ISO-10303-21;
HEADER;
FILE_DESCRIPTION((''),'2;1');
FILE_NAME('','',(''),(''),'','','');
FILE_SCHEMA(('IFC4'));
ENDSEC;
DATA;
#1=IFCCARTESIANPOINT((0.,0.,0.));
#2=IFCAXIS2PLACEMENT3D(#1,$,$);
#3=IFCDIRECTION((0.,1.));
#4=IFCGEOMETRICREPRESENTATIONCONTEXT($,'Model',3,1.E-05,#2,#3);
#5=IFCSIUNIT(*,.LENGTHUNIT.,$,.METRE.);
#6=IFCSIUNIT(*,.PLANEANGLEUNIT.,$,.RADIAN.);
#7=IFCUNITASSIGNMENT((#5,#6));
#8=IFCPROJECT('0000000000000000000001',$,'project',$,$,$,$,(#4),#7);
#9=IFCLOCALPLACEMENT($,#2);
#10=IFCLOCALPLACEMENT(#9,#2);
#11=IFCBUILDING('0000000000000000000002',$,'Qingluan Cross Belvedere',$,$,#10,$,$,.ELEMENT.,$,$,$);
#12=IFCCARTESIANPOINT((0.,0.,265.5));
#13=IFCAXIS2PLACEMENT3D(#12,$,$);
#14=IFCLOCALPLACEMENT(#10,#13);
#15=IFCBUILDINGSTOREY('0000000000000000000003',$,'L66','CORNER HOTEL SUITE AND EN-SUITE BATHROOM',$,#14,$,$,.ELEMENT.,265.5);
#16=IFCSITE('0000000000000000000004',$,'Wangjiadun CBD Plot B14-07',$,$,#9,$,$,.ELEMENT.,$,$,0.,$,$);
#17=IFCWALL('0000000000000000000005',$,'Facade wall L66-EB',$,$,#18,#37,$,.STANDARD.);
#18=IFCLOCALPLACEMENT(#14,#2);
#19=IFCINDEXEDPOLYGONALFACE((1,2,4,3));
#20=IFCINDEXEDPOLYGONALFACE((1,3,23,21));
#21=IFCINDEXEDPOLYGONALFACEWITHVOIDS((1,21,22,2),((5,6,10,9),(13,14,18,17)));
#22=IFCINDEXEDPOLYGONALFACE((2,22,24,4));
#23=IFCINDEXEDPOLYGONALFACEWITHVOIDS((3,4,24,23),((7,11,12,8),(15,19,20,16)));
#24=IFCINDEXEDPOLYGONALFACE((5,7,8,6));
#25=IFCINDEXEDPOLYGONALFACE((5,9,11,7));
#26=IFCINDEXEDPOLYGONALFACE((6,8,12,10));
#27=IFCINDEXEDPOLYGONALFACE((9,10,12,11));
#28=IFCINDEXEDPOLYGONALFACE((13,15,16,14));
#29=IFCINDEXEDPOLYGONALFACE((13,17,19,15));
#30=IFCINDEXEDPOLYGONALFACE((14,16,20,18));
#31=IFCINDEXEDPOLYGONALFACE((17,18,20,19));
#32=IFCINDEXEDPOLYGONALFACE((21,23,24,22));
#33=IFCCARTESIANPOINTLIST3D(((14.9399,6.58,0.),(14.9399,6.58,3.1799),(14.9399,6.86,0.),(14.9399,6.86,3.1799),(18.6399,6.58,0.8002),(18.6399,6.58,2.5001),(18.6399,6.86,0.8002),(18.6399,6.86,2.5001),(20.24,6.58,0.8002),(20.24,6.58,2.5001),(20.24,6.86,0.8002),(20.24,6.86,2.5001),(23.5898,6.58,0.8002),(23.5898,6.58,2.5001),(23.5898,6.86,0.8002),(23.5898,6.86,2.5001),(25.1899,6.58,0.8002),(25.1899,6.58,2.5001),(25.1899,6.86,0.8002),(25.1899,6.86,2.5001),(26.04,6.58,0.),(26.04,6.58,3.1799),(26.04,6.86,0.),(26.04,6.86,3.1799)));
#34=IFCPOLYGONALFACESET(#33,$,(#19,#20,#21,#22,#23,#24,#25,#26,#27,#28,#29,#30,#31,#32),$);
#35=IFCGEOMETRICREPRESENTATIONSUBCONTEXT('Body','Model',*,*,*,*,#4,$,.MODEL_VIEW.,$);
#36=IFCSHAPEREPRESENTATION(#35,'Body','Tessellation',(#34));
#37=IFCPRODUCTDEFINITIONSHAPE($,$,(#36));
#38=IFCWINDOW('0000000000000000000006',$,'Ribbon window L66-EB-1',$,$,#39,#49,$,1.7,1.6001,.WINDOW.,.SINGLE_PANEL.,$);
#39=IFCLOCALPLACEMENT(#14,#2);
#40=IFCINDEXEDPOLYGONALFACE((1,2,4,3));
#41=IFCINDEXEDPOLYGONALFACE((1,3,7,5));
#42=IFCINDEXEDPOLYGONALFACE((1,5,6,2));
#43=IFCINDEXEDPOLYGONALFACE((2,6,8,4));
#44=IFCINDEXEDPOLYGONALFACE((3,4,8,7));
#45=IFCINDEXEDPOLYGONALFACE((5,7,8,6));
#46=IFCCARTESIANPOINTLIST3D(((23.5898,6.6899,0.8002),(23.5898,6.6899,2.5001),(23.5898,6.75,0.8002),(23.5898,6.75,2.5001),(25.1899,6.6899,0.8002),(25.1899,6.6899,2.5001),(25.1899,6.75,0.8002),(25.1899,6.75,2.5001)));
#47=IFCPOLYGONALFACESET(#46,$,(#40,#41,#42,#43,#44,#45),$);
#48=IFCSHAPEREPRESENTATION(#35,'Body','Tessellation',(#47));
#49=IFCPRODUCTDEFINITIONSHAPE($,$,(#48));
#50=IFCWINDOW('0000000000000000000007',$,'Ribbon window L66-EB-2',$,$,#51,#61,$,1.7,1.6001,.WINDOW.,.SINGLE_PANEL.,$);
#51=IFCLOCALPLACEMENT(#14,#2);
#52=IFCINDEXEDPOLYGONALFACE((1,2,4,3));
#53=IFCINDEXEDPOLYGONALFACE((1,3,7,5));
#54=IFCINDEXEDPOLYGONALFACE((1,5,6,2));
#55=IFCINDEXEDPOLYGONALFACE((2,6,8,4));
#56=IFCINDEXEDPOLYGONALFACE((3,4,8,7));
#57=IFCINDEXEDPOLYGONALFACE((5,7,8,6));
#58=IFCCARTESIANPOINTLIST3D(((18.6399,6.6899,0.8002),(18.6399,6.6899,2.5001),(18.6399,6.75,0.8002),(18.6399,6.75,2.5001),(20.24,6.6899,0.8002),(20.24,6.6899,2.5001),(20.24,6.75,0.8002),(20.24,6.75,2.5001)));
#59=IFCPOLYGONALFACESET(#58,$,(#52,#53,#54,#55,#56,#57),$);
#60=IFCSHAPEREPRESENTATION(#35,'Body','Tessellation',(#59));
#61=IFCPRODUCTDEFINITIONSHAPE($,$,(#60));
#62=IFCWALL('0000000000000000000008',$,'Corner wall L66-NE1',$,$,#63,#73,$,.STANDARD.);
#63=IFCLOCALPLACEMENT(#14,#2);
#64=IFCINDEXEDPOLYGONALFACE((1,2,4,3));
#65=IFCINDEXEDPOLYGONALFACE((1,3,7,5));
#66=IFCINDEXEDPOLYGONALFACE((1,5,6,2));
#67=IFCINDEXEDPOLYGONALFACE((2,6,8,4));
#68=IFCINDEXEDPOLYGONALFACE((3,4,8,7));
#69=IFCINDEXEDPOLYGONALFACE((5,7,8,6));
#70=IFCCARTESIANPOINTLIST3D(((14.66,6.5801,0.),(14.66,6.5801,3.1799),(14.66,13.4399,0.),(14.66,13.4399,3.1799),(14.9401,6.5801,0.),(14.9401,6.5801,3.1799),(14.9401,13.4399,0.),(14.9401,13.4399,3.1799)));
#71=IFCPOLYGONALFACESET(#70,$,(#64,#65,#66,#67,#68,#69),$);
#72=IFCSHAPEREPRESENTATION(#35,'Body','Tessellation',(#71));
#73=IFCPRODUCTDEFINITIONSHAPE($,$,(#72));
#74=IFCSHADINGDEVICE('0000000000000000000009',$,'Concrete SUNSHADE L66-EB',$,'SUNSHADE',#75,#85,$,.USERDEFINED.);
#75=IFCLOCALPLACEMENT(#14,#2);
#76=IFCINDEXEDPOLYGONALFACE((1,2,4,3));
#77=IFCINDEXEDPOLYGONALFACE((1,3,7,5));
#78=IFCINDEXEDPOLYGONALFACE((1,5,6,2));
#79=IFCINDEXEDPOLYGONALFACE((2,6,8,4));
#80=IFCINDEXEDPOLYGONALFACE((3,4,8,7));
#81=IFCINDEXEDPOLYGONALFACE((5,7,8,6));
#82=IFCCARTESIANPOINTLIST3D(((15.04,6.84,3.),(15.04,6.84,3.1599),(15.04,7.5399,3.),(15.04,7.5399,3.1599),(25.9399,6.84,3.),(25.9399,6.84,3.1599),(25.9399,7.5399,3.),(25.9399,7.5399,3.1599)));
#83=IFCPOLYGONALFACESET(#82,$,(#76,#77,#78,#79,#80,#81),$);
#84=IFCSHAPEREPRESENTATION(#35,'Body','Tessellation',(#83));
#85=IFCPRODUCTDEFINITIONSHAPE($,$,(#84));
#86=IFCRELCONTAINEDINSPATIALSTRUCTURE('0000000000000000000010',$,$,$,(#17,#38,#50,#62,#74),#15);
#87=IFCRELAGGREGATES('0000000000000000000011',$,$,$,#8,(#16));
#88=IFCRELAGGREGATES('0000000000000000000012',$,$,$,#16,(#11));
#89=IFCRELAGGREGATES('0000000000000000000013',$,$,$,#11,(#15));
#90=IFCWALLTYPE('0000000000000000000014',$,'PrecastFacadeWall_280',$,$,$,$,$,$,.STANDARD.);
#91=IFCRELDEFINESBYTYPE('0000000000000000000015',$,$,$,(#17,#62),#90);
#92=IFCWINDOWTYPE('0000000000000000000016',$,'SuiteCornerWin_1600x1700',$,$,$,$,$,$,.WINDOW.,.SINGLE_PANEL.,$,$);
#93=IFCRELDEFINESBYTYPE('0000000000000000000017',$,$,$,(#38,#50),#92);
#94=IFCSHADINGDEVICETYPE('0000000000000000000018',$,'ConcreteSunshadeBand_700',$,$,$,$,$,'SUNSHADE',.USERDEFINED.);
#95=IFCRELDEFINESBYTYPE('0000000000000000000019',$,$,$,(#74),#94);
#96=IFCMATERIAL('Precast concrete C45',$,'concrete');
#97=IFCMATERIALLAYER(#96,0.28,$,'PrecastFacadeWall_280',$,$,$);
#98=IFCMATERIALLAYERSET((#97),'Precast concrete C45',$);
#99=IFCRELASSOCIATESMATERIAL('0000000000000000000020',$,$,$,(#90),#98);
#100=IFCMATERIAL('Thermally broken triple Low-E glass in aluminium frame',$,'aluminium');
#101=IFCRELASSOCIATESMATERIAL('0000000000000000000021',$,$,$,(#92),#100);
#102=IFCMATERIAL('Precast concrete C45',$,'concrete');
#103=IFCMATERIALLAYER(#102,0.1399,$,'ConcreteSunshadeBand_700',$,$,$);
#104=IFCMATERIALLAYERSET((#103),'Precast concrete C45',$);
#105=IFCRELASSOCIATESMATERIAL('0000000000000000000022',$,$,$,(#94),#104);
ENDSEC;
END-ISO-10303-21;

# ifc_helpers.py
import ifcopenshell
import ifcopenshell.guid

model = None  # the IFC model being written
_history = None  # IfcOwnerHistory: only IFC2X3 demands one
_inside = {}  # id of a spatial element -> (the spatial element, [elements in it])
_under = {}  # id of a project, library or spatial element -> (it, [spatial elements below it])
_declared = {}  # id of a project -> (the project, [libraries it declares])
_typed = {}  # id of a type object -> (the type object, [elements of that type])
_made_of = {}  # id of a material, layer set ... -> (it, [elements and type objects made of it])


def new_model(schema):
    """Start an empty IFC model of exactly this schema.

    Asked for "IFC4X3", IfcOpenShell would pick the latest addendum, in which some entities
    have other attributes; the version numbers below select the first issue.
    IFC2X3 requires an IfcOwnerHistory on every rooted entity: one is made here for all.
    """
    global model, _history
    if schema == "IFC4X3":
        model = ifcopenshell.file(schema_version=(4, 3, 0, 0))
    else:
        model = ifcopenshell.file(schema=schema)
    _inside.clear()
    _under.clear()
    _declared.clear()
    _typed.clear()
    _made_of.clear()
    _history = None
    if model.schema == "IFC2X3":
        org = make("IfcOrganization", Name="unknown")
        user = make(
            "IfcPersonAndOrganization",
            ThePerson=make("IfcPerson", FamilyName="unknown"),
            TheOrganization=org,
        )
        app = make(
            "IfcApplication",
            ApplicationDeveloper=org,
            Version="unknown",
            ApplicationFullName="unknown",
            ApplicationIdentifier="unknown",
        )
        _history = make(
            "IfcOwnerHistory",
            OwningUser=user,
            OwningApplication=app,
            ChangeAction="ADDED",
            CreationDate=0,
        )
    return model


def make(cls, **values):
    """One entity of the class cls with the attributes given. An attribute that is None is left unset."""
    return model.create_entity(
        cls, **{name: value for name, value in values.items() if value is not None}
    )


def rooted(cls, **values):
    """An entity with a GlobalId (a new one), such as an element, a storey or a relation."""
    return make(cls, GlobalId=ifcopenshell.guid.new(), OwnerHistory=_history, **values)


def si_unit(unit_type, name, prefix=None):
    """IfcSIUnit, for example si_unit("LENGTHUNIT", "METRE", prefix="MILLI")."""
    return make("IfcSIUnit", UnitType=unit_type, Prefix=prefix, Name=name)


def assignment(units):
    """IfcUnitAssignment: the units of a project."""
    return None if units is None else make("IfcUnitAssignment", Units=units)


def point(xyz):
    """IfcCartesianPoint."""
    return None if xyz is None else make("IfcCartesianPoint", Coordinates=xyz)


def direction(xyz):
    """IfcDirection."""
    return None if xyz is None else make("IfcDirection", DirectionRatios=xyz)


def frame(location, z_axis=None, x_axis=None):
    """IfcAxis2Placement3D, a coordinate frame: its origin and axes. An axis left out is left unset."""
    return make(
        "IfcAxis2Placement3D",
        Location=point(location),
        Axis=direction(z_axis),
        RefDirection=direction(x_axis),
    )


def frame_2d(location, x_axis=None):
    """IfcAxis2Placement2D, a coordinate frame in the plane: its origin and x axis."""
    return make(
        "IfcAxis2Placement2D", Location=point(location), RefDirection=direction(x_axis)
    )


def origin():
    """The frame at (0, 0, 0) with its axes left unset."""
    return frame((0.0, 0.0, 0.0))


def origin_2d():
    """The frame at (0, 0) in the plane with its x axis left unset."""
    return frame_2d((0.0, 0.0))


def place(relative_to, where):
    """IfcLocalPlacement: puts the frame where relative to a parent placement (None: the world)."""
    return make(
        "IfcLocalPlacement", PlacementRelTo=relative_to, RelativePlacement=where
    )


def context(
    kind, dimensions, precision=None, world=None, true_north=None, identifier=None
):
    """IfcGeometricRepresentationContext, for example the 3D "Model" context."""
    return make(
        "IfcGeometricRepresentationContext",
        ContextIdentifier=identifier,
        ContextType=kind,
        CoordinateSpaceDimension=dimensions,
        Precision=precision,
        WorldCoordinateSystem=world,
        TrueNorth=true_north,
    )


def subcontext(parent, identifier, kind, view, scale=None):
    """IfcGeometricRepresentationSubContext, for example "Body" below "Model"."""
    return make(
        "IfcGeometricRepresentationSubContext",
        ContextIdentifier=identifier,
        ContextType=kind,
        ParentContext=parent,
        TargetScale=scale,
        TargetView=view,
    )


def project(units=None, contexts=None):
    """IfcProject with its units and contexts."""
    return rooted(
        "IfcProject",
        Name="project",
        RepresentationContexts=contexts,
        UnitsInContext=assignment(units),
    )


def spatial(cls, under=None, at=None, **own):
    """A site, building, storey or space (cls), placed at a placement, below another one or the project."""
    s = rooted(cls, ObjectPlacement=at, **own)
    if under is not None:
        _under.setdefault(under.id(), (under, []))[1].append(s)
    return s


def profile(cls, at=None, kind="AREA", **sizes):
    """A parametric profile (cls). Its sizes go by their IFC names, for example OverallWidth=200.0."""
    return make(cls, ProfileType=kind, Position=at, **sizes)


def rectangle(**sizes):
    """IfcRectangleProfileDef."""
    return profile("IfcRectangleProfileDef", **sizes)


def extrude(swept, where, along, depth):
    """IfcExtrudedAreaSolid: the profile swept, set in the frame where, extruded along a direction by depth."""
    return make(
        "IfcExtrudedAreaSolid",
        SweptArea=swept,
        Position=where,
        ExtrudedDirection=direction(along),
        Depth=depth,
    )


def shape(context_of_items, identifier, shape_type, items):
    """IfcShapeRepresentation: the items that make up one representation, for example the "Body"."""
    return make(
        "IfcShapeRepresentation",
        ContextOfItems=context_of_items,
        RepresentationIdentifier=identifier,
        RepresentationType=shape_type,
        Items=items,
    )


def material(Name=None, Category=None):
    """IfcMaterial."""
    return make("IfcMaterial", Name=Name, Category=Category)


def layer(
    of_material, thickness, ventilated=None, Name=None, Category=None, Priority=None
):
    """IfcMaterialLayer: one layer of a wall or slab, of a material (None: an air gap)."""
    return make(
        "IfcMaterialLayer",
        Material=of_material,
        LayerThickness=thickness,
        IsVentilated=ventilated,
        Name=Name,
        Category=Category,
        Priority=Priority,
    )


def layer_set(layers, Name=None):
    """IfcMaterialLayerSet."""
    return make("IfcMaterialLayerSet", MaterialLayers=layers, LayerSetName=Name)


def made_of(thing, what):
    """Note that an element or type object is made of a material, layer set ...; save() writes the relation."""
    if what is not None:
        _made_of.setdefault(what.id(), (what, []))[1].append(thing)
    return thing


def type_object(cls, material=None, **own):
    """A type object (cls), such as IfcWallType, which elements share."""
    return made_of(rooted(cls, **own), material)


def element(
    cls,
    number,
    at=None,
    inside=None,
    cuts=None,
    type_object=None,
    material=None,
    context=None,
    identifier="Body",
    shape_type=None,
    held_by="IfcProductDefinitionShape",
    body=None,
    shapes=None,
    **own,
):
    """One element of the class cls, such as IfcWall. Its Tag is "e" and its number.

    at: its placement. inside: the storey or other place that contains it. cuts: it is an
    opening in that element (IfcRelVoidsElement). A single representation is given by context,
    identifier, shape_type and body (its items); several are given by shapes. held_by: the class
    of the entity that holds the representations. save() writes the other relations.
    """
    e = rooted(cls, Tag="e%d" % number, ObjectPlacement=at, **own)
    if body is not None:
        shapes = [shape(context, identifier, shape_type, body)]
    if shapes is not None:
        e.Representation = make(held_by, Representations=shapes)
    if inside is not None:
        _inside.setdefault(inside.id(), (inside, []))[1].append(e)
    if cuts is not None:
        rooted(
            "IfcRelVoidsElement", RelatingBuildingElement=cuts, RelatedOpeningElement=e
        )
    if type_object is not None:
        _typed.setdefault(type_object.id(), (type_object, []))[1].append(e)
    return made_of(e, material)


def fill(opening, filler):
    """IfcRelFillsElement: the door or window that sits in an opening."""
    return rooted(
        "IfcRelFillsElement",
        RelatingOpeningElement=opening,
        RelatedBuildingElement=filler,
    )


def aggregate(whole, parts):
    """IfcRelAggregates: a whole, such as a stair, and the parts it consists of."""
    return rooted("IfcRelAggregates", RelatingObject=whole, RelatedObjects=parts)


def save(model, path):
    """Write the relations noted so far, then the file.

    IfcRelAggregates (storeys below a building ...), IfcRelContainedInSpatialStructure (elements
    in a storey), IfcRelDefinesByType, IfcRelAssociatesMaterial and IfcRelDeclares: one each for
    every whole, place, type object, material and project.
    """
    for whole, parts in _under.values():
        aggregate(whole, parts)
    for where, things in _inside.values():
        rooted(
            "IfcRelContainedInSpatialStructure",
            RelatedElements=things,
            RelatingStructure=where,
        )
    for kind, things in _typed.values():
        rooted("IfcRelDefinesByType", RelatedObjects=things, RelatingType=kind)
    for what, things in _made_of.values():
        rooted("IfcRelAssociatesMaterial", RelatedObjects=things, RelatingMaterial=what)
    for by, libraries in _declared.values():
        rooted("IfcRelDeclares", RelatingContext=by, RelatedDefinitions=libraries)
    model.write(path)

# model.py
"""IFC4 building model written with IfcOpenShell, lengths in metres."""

from ifc_helpers import new_model, si_unit, direction, frame, frame_2d, origin, origin_2d, place, context, subcontext, project, spatial, rectangle, extrude, material, layer, layer_set, type_object, element, fill, save


model = new_model("IFC4")

# Units and contexts
model_context = context("Model", 3, precision=1e-05, world=origin(), true_north=direction((0.0, 1.0)))
body_context = subcontext(model_context, "Body", "Model", "MODEL_VIEW")
ifc_project = project(units=[si_unit("LENGTHUNIT", "METRE"), si_unit("PLANEANGLEUNIT", "RADIAN")], contexts=[model_context])

# Site, building, storey
site_placement = place(None, origin())
site = spatial("IfcSite", under=ifc_project, at=site_placement, Name="Wangjiadun CBD Plot B14-07", CompositionType="ELEMENT", RefElevation=0.0)
building_placement = place(site_placement, origin())
building = spatial("IfcBuilding", under=site, at=building_placement, Name="Qingluan Cross Belvedere", CompositionType="ELEMENT")
storey_placement = place(building_placement, frame((0.0, 0.0, 265.5)))
storey = spatial("IfcBuildingStorey", under=building, at=storey_placement, Name="L66", Description="CORNER HOTEL SUITE AND EN-SUITE BATHROOM", CompositionType="ELEMENT", Elevation=265.5)

# Wall, openings, windows
ifc_material_1 = material(Name="Precast concrete C45", Category="concrete")
ifc_layer_1 = layer(ifc_material_1, 0.28, Name="PrecastFacadeWall_280")
ifc_layer_set_1 = layer_set([ifc_layer_1], Name="Precast concrete C45")
wall_type_1 = type_object("IfcWallType", Name="PrecastFacadeWall_280", PredefinedType="STANDARD", material=ifc_layer_set_1)
wall_1_placement = place(storey_placement, frame((26.04, 6.72, 0.0), z_axis=(0.0, 0.0, 1.0), x_axis=(-1.0, 0.0, 0.0)))
wall_1 = element("IfcWall", 1, at=wall_1_placement, inside=storey, type_object=wall_type_1, Name="Facade wall L66-EB", PredefinedType="STANDARD", context=body_context, shape_type="SweptSolid", body=[
    extrude(rectangle(XDim=11.1001, YDim=0.28, at=frame_2d((5.55, 0.0))), origin(), (0.0, 0.0, 1.0), 3.1799),
])
opening_1_placement = place(wall_1_placement, frame((0.8501, 0.0, 0.8)))
opening_1 = element("IfcOpeningElement", 2, at=opening_1_placement, cuts=wall_1, PredefinedType="OPENING", context=body_context, shape_type="SweptSolid", body=[
    extrude(rectangle(XDim=1.6001, YDim=1.7, at=frame_2d((0.8, 0.8501))), frame((0.0, 0.1499, 0.0), z_axis=(0.0, -1.0, 0.0), x_axis=(1.0, 0.0, 0.0)), (0.0, 0.0, 1.0), 0.3),
])
opening_2_placement = place(wall_1_placement, frame((5.8, 0.0, 0.8)))
opening_2 = element("IfcOpeningElement", 3, at=opening_2_placement, cuts=wall_1, PredefinedType="OPENING", context=body_context, shape_type="SweptSolid", body=[
    extrude(rectangle(XDim=1.6001, YDim=1.7, at=frame_2d((0.8, 0.8501))), frame((0.0, 0.1499, 0.0), z_axis=(0.0, -1.0, 0.0), x_axis=(1.0, 0.0, 0.0)), (0.0, 0.0, 1.0), 0.3),
])
ifc_material_2 = material(Name="Thermally broken triple Low-E glass in aluminium frame", Category="aluminium")
window_type = type_object("IfcWindowType", Name="SuiteCornerWin_1600x1700", PartitioningType="SINGLE_PANEL", PredefinedType="WINDOW", material=ifc_material_2)
window_1_placement = place(opening_1_placement, origin())
window_1 = element("IfcWindow", 4, at=window_1_placement, inside=storey, type_object=window_type, Name="Ribbon window L66-EB-1", OverallHeight=1.7, OverallWidth=1.6001, PartitioningType="SINGLE_PANEL", PredefinedType="WINDOW", context=body_context, shape_type="SweptSolid", body=[
    extrude(rectangle(XDim=1.6001, YDim=1.7, at=frame_2d((0.8, 0.8501))), frame((0.0, 0.03, 0.0), z_axis=(0.0, -1.0, 0.0), x_axis=(1.0, 0.0, 0.0)), (0.0, 0.0, 1.0), 0.0601),
])
fill(opening_1, window_1)
window_2_placement = place(opening_2_placement, origin())
window_2 = element("IfcWindow", 5, at=window_2_placement, inside=storey, type_object=window_type, Name="Ribbon window L66-EB-2", OverallHeight=1.7, OverallWidth=1.6001, PartitioningType="SINGLE_PANEL", PredefinedType="WINDOW", context=body_context, shape_type="SweptSolid", body=[
    extrude(rectangle(XDim=1.6001, YDim=1.7, at=frame_2d((0.8, 0.8501))), frame((0.0, 0.03, 0.0), z_axis=(0.0, -1.0, 0.0), x_axis=(1.0, 0.0, 0.0)), (0.0, 0.0, 1.0), 0.0601),
])
fill(opening_2, window_2)

# Wall
wall_2_placement = place(storey_placement, frame((14.8, 6.5801, 0.0), z_axis=(0.0, 0.0, 1.0), x_axis=(0.0, 1.0, 0.0)))
element("IfcWall", 6, at=wall_2_placement, inside=storey, type_object=wall_type_1, Name="Corner wall L66-NE1", PredefinedType="STANDARD", context=body_context, shape_type="SweptSolid", body=[
    extrude(rectangle(XDim=6.8599, YDim=0.28, at=frame_2d((3.4299, 0.0))), origin(), (0.0, 0.0, 1.0), 3.1799),
])

# Shading device
ifc_material_3 = material(Name="Precast concrete C45", Category="concrete")
ifc_layer_2 = layer(ifc_material_3, 0.1399, Name="ConcreteSunshadeBand_700")
ifc_layer_set_2 = layer_set([ifc_layer_2], Name="Precast concrete C45")
shading_device_type = type_object("IfcShadingDeviceType", Name="ConcreteSunshadeBand_700", ElementType="SUNSHADE", PredefinedType="USERDEFINED", material=ifc_layer_set_2)
shading_device_placement = place(storey_placement, frame((20.49, 7.1899, 3.0), z_axis=(0.0, 0.0, 1.0), x_axis=(-1.0, 0.0, 0.0)))
element("IfcShadingDevice", 7, at=shading_device_placement, inside=storey, type_object=shading_device_type, Name="Concrete SUNSHADE L66-EB", ObjectType="SUNSHADE", PredefinedType="USERDEFINED", context=body_context, shape_type="SweptSolid", body=[
    extrude(rectangle(XDim=10.8999, YDim=0.7, at=origin_2d()), origin(), (0.0, 0.0, 1.0), 0.1599),
])

save(model, "model.ifc")
